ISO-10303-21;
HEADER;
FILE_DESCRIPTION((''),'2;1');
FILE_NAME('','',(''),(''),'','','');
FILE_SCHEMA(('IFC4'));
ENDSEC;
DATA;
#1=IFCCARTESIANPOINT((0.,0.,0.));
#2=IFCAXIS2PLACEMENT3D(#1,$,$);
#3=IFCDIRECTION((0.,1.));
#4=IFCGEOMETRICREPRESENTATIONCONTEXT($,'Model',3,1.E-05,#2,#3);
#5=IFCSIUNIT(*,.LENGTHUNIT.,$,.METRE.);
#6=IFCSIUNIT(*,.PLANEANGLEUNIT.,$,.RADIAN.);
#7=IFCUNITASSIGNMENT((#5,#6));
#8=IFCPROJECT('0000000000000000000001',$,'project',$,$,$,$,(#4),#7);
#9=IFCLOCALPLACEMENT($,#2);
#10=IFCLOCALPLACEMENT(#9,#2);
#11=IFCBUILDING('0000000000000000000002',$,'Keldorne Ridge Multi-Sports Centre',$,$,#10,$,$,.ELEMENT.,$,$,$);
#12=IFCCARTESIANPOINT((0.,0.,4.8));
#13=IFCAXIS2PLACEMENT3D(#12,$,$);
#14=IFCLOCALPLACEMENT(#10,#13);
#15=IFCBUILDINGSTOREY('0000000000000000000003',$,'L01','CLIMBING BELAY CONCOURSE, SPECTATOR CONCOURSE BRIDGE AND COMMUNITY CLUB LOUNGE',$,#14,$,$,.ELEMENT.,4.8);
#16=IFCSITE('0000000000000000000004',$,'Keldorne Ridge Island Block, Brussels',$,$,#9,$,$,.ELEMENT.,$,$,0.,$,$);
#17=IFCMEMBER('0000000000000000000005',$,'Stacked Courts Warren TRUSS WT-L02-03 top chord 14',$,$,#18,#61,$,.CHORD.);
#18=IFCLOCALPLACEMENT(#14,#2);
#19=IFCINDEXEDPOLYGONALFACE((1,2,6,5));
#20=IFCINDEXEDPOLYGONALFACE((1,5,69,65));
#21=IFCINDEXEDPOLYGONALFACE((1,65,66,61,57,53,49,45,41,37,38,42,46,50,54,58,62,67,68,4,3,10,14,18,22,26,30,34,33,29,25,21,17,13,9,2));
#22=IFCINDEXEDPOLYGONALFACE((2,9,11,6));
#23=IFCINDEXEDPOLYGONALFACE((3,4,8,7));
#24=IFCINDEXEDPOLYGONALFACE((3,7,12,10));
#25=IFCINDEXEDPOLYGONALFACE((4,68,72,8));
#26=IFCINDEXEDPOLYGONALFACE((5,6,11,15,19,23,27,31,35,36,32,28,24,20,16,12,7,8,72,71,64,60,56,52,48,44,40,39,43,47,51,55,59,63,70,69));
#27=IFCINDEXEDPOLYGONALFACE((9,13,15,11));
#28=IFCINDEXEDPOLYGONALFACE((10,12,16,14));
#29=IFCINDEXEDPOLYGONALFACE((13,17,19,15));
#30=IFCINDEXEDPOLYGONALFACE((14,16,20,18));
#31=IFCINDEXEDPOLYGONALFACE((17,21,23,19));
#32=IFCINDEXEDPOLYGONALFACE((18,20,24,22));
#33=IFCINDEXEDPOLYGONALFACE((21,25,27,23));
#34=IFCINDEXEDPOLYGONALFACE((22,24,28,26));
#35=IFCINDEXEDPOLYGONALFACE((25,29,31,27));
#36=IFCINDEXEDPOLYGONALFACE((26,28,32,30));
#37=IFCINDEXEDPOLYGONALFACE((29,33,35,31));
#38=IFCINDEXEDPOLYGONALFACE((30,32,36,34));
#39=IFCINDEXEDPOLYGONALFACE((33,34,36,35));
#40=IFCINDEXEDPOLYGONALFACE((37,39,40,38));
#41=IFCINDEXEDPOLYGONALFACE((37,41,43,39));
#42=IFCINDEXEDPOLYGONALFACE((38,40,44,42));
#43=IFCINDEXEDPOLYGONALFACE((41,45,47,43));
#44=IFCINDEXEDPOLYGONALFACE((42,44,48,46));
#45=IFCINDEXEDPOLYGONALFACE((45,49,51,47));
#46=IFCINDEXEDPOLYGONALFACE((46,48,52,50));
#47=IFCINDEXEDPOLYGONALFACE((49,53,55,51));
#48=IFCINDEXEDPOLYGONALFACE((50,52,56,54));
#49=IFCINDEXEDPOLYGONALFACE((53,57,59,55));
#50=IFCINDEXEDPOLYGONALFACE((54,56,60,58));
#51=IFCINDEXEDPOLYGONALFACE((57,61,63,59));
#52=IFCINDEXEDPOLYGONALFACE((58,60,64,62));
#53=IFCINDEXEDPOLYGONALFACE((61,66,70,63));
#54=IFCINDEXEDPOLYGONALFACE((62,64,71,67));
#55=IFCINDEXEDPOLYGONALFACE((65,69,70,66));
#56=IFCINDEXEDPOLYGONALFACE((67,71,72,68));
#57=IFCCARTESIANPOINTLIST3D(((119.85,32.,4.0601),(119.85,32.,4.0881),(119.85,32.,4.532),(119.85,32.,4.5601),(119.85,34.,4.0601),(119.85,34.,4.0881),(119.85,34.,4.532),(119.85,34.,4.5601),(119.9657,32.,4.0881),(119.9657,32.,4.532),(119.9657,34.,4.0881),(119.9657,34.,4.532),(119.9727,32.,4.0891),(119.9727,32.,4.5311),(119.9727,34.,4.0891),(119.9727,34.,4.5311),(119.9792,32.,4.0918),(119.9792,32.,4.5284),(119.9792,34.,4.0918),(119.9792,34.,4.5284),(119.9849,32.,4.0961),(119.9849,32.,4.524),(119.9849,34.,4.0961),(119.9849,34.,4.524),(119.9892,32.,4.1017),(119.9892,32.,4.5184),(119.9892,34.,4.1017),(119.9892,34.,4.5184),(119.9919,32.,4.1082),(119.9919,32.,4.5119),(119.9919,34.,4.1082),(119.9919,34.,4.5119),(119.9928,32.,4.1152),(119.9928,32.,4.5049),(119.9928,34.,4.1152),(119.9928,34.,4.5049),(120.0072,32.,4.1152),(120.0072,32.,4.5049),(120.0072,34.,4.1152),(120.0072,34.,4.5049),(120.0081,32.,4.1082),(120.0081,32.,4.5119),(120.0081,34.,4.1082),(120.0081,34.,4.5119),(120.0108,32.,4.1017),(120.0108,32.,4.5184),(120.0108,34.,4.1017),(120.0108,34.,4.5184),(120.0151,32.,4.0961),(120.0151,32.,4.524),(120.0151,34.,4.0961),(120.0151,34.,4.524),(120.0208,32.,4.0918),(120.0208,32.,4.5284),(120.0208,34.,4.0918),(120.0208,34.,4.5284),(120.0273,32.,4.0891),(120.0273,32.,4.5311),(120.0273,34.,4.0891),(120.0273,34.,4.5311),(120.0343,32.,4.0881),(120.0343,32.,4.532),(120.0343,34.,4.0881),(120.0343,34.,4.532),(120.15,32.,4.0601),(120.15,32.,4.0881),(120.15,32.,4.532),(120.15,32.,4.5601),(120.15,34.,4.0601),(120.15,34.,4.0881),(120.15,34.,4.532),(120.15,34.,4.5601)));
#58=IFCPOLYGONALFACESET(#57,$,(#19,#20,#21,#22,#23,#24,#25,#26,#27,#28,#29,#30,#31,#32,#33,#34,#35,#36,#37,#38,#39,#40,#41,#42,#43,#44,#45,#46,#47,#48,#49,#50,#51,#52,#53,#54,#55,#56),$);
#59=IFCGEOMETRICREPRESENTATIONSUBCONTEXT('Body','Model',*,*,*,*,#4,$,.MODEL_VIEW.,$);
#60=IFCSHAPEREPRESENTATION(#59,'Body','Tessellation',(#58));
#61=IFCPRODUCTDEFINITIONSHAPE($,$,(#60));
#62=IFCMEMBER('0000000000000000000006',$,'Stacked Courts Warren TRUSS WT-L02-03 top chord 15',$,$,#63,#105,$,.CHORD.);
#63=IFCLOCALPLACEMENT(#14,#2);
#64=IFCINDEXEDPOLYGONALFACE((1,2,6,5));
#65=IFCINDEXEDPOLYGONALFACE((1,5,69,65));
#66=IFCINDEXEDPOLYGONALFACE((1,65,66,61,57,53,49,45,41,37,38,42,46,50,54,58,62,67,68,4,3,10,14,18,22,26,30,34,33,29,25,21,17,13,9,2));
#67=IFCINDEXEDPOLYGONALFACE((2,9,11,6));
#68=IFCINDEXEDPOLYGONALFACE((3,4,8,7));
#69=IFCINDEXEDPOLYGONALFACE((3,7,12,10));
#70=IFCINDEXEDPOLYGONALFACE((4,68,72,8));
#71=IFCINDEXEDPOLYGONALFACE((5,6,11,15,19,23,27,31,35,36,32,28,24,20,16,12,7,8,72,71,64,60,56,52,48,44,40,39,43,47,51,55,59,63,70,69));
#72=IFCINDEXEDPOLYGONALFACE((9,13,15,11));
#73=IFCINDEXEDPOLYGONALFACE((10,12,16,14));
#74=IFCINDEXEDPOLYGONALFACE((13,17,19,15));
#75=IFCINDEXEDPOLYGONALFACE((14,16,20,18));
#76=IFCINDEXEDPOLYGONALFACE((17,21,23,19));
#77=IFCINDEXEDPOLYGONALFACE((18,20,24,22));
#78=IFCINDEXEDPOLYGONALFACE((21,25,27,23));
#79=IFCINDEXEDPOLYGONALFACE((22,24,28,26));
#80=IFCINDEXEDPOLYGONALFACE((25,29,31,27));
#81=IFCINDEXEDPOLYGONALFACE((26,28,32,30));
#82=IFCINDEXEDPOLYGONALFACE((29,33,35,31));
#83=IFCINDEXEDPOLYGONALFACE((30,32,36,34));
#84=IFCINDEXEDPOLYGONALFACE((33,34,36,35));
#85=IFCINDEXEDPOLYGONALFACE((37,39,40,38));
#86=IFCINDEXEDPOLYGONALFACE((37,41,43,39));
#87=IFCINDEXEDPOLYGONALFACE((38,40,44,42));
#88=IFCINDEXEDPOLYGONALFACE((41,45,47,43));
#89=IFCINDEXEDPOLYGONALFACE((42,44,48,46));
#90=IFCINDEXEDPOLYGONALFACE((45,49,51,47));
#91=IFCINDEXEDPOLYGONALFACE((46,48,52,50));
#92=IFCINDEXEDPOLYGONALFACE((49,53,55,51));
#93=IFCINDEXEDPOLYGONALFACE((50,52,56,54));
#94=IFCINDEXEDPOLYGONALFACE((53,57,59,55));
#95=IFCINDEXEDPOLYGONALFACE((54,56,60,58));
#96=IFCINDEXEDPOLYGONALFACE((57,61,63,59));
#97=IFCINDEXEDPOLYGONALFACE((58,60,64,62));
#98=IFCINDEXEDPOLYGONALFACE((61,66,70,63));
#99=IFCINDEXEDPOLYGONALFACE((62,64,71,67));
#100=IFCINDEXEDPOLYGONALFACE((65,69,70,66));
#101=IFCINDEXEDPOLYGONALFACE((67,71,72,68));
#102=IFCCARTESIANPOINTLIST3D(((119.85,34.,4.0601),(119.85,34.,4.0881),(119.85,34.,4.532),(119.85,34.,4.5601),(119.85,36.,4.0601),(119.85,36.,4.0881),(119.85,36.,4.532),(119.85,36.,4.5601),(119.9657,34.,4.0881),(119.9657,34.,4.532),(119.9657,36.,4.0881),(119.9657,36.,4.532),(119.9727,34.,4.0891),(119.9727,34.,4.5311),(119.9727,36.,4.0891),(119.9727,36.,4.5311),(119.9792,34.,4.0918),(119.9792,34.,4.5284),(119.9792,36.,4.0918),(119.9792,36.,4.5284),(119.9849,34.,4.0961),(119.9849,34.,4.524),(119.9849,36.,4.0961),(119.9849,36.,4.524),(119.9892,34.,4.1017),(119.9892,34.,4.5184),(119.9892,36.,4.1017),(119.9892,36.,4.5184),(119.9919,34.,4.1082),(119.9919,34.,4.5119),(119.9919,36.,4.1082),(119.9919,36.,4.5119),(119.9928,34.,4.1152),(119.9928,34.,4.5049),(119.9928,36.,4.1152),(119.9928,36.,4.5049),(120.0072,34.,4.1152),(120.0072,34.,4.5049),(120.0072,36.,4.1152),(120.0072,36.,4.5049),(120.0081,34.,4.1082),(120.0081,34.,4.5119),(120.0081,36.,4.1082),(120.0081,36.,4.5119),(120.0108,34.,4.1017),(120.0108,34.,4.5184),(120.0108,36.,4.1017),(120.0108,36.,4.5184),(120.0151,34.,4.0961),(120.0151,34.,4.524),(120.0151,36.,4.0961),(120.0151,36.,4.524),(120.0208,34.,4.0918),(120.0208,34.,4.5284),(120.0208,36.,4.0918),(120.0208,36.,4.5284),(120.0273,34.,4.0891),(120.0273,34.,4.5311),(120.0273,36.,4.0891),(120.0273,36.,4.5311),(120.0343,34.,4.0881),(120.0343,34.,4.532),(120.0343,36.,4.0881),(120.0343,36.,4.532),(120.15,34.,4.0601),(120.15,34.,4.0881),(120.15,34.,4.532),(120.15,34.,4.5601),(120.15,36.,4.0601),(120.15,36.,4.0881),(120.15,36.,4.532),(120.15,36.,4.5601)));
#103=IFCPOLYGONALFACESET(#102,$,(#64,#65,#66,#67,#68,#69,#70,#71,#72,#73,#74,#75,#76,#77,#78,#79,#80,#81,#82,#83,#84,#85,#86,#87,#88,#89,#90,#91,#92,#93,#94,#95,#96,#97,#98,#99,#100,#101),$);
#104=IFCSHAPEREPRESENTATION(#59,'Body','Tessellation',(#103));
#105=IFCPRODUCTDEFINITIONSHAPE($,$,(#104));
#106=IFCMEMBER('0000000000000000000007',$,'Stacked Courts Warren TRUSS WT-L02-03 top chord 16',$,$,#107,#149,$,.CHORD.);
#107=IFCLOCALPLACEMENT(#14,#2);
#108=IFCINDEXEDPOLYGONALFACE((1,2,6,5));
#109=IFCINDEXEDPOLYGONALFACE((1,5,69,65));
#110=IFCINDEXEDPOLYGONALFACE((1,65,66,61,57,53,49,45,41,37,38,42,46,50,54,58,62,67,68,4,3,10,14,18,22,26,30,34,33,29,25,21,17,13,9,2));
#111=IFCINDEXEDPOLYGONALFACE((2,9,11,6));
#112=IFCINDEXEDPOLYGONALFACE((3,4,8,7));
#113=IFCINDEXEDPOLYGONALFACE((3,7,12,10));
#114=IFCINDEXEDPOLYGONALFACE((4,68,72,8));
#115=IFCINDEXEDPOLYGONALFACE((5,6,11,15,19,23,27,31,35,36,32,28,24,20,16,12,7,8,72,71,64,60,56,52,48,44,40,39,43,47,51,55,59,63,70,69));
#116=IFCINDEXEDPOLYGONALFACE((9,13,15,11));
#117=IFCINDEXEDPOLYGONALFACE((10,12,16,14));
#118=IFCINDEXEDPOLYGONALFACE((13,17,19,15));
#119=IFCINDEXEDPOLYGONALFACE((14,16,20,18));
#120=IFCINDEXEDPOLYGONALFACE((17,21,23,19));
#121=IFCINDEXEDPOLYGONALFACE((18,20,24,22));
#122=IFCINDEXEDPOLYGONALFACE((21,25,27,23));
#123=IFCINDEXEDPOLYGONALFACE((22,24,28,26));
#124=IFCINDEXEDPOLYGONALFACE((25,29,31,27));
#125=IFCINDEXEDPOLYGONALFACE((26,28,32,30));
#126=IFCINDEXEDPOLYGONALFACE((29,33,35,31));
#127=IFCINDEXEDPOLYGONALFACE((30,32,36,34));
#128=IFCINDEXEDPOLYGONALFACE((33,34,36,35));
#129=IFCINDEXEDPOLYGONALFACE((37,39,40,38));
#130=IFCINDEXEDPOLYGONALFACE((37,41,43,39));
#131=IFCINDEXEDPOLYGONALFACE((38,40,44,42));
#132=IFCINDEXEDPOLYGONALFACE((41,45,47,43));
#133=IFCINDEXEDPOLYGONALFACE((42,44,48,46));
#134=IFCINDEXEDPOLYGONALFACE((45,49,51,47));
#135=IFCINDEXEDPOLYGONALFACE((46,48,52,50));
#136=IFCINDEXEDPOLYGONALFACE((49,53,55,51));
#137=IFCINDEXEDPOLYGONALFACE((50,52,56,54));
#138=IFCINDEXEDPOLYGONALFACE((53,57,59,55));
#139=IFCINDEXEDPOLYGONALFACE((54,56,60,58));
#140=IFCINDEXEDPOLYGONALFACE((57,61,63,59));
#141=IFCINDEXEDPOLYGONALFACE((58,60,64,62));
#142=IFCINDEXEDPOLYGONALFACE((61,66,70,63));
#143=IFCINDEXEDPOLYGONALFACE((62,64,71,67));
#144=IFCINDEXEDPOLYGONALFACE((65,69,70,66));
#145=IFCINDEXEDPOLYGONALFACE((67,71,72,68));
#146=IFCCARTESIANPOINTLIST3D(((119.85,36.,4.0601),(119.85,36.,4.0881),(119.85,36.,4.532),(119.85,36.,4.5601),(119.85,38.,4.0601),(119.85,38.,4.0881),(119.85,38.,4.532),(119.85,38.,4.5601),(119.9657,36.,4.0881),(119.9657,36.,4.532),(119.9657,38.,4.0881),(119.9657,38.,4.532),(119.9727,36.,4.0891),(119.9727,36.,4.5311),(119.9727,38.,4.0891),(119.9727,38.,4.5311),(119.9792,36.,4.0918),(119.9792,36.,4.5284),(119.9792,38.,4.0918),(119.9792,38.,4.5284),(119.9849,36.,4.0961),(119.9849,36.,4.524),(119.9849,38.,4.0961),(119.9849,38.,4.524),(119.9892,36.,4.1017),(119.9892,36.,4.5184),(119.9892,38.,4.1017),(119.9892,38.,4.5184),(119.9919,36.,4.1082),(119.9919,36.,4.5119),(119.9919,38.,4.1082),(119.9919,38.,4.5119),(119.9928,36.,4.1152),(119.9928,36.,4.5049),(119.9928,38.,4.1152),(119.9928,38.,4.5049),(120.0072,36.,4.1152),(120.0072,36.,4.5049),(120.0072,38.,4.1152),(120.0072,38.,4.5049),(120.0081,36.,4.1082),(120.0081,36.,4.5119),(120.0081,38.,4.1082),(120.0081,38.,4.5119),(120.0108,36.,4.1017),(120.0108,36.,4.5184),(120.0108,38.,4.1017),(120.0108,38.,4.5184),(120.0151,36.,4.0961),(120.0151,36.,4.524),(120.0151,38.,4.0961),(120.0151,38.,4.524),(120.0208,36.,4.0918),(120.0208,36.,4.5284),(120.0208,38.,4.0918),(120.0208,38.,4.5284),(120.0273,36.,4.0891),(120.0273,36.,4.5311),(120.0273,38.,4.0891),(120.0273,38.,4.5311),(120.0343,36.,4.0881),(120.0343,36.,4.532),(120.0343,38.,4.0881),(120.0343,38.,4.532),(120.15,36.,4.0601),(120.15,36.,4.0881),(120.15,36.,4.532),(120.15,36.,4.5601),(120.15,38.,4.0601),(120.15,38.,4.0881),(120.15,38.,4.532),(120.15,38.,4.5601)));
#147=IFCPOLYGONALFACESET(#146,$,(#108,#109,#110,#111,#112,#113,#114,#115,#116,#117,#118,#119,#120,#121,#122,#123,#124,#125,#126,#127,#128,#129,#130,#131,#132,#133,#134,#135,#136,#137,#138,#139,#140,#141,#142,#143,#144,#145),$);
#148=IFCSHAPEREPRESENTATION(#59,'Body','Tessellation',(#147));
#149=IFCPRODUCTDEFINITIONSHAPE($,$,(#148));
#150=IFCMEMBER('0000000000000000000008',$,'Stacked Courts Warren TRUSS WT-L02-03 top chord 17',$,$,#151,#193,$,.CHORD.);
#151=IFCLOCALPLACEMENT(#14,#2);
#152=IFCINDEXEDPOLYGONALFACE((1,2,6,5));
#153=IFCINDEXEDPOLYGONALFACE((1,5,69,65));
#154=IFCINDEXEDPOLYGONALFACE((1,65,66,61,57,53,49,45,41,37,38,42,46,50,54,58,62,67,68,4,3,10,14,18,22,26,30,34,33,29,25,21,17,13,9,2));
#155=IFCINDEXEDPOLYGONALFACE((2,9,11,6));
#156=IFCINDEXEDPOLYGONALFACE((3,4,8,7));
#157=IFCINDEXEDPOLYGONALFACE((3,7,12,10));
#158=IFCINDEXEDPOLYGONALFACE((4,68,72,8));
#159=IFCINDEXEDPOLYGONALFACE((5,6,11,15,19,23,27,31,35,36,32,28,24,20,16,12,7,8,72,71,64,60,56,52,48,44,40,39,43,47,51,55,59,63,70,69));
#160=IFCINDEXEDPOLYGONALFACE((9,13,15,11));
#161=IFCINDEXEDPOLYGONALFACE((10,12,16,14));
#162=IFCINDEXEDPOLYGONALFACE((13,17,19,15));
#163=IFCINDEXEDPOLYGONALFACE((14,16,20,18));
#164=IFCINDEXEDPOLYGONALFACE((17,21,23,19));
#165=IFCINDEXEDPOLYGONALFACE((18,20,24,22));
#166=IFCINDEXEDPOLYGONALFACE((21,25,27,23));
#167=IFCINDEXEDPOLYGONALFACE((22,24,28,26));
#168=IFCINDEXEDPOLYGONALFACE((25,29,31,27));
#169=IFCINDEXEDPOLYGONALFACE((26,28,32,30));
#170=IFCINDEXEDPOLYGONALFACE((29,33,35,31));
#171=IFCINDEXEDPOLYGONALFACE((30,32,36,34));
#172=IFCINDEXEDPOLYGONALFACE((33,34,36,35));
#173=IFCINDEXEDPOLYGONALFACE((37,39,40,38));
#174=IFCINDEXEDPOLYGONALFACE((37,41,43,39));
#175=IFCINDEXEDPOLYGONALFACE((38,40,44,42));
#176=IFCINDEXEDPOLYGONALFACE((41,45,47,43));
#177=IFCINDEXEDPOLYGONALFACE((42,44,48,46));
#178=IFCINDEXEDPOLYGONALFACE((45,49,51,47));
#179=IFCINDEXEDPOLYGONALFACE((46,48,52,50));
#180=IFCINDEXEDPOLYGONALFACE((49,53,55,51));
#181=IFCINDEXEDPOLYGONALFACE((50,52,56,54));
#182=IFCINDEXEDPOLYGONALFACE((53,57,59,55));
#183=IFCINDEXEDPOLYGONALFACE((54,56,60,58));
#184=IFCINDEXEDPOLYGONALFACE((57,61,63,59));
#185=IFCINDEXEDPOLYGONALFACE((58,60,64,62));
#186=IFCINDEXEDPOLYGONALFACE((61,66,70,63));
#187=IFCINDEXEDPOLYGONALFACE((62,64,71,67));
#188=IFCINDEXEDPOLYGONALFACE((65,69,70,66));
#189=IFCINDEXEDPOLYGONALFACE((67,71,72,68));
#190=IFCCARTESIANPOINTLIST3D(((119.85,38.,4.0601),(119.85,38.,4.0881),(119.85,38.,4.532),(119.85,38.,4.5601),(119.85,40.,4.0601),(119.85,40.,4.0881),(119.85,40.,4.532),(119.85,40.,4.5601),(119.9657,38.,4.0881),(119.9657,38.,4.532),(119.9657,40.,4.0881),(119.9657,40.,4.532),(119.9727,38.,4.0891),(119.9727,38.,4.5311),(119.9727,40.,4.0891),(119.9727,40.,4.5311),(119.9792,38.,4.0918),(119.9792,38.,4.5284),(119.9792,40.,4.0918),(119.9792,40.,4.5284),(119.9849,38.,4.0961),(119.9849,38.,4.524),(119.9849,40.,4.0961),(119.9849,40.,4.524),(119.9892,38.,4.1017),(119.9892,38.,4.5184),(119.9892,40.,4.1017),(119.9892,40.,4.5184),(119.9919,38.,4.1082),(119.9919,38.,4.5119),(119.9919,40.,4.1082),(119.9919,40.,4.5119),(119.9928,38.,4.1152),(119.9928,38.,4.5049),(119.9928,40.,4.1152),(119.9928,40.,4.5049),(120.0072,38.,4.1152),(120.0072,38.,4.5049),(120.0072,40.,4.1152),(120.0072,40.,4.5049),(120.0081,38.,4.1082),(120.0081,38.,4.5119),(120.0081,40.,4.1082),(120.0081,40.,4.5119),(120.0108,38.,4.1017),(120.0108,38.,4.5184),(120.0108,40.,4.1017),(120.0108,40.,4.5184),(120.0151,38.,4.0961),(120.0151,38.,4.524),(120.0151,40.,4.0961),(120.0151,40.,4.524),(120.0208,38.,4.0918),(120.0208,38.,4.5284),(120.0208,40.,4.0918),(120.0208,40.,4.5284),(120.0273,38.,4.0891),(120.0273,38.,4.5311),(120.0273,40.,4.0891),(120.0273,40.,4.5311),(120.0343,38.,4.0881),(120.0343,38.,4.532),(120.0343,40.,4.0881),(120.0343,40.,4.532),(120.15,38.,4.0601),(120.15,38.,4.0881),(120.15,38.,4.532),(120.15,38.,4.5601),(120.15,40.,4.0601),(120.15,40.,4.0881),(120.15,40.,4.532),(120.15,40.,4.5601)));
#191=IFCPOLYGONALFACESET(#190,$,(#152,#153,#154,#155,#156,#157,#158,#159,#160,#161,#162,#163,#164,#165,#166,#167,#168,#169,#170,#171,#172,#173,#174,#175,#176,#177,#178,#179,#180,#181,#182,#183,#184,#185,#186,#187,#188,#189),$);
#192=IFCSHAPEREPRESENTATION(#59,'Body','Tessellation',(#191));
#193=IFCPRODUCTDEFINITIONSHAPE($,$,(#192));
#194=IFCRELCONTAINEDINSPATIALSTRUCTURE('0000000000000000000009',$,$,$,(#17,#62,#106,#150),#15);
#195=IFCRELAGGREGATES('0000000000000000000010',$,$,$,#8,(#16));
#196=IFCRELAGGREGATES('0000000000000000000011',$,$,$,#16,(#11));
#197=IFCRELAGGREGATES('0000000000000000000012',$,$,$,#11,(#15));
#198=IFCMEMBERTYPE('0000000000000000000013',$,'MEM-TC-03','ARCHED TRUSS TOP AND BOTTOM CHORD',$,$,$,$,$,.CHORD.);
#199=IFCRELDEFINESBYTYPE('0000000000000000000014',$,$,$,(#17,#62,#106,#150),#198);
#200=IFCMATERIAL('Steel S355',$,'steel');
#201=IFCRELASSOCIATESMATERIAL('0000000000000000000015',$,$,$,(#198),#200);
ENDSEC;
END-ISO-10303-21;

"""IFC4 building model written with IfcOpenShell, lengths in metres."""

from ifc_helpers import new_model, si_unit, direction, frame, origin, origin_2d, place, context, subcontext, project, spatial, i_section, extrude, material, material_profile, profile_set, type_object, element, save


model = new_model("IFC4")

# Units and contexts
model_context = context("Model", 3, precision=1e-05, world=origin(), true_north=direction((0.0, 1.0)))
body_context = subcontext(model_context, "Body", "Model", "MODEL_VIEW")
ifc_project = project(units=[si_unit("LENGTHUNIT", "METRE"), si_unit("PLANEANGLEUNIT", "RADIAN")], contexts=[model_context])

# Site, building, storey
site_placement = place(None, origin())
site = spatial("IfcSite", under=ifc_project, at=site_placement, Name="Keldorne Ridge Island Block, Brussels", CompositionType="ELEMENT", RefElevation=0.0)
building_placement = place(site_placement, origin())
building = spatial("IfcBuilding", under=site, at=building_placement, Name="Keldorne Ridge Multi-Sports Centre", CompositionType="ELEMENT")
storey_placement = place(building_placement, frame((0.0, 0.0, 4.8)))
storey = spatial("IfcBuildingStorey", under=building, at=storey_placement, Name="L01", Description="CLIMBING BELAY CONCOURSE, SPECTATOR CONCOURSE BRIDGE AND COMMUNITY CLUB LOUNGE", CompositionType="ELEMENT", Elevation=4.8)

# Members
ifc_material = material(Name="Steel S355", Category="steel")
ifc_material_profile_1 = material_profile(ifc_material, i_section(OverallWidth=0.3, OverallDepth=0.5, WebThickness=0.0144, FlangeThickness=0.0281, FilletRadius=0.0271, at=origin_2d()), Name="HEB 500")
ifc_profile_set_1 = profile_set([ifc_material_profile_1], Name="Steel S355")
member_type_1 = type_object("IfcMemberType", Name="MEM-TC-03", Description="ARCHED TRUSS TOP AND BOTTOM CHORD", PredefinedType="CHORD", material=ifc_profile_set_1)
for number, where, z_axis, x_axis, name in (
    (1, (120.0, 32.0, 4.3101), (0.0, 1.0, 0.0), (-1.0, 0.0, 0.0), "Stacked Courts Warren TRUSS WT-L02-03 top chord 14"),
    (2, (120.0, 34.0, 4.3101), (0.0, 1.0, 0.0), (-1.0, 0.0, 0.0), "Stacked Courts Warren TRUSS WT-L02-03 top chord 15"),
    (3, (120.0, 36.0, 4.3101), (0.0, 1.0, 0.0), (-1.0, 0.0, 0.0), "Stacked Courts Warren TRUSS WT-L02-03 top chord 16"),
    (4, (120.0, 38.0, 4.3101), (0.0, 1.0, 0.0), (-1.0, 0.0, 0.0), "Stacked Courts Warren TRUSS WT-L02-03 top chord 17"),
):
    element("IfcMember", number, at=place(storey_placement, frame(where, z_axis=z_axis, x_axis=x_axis)), inside=storey, type_object=member_type_1, Name=name, PredefinedType="CHORD", context=body_context, shape_type="SweptSolid", body=[
        extrude(i_section(OverallWidth=0.3, OverallDepth=0.5, WebThickness=0.0144, FlangeThickness=0.0281, FilletRadius=0.0271, at=origin_2d()), origin(), (0.0, 0.0, 1.0), 2.0),
    ])

save(model, "model.ifc")
